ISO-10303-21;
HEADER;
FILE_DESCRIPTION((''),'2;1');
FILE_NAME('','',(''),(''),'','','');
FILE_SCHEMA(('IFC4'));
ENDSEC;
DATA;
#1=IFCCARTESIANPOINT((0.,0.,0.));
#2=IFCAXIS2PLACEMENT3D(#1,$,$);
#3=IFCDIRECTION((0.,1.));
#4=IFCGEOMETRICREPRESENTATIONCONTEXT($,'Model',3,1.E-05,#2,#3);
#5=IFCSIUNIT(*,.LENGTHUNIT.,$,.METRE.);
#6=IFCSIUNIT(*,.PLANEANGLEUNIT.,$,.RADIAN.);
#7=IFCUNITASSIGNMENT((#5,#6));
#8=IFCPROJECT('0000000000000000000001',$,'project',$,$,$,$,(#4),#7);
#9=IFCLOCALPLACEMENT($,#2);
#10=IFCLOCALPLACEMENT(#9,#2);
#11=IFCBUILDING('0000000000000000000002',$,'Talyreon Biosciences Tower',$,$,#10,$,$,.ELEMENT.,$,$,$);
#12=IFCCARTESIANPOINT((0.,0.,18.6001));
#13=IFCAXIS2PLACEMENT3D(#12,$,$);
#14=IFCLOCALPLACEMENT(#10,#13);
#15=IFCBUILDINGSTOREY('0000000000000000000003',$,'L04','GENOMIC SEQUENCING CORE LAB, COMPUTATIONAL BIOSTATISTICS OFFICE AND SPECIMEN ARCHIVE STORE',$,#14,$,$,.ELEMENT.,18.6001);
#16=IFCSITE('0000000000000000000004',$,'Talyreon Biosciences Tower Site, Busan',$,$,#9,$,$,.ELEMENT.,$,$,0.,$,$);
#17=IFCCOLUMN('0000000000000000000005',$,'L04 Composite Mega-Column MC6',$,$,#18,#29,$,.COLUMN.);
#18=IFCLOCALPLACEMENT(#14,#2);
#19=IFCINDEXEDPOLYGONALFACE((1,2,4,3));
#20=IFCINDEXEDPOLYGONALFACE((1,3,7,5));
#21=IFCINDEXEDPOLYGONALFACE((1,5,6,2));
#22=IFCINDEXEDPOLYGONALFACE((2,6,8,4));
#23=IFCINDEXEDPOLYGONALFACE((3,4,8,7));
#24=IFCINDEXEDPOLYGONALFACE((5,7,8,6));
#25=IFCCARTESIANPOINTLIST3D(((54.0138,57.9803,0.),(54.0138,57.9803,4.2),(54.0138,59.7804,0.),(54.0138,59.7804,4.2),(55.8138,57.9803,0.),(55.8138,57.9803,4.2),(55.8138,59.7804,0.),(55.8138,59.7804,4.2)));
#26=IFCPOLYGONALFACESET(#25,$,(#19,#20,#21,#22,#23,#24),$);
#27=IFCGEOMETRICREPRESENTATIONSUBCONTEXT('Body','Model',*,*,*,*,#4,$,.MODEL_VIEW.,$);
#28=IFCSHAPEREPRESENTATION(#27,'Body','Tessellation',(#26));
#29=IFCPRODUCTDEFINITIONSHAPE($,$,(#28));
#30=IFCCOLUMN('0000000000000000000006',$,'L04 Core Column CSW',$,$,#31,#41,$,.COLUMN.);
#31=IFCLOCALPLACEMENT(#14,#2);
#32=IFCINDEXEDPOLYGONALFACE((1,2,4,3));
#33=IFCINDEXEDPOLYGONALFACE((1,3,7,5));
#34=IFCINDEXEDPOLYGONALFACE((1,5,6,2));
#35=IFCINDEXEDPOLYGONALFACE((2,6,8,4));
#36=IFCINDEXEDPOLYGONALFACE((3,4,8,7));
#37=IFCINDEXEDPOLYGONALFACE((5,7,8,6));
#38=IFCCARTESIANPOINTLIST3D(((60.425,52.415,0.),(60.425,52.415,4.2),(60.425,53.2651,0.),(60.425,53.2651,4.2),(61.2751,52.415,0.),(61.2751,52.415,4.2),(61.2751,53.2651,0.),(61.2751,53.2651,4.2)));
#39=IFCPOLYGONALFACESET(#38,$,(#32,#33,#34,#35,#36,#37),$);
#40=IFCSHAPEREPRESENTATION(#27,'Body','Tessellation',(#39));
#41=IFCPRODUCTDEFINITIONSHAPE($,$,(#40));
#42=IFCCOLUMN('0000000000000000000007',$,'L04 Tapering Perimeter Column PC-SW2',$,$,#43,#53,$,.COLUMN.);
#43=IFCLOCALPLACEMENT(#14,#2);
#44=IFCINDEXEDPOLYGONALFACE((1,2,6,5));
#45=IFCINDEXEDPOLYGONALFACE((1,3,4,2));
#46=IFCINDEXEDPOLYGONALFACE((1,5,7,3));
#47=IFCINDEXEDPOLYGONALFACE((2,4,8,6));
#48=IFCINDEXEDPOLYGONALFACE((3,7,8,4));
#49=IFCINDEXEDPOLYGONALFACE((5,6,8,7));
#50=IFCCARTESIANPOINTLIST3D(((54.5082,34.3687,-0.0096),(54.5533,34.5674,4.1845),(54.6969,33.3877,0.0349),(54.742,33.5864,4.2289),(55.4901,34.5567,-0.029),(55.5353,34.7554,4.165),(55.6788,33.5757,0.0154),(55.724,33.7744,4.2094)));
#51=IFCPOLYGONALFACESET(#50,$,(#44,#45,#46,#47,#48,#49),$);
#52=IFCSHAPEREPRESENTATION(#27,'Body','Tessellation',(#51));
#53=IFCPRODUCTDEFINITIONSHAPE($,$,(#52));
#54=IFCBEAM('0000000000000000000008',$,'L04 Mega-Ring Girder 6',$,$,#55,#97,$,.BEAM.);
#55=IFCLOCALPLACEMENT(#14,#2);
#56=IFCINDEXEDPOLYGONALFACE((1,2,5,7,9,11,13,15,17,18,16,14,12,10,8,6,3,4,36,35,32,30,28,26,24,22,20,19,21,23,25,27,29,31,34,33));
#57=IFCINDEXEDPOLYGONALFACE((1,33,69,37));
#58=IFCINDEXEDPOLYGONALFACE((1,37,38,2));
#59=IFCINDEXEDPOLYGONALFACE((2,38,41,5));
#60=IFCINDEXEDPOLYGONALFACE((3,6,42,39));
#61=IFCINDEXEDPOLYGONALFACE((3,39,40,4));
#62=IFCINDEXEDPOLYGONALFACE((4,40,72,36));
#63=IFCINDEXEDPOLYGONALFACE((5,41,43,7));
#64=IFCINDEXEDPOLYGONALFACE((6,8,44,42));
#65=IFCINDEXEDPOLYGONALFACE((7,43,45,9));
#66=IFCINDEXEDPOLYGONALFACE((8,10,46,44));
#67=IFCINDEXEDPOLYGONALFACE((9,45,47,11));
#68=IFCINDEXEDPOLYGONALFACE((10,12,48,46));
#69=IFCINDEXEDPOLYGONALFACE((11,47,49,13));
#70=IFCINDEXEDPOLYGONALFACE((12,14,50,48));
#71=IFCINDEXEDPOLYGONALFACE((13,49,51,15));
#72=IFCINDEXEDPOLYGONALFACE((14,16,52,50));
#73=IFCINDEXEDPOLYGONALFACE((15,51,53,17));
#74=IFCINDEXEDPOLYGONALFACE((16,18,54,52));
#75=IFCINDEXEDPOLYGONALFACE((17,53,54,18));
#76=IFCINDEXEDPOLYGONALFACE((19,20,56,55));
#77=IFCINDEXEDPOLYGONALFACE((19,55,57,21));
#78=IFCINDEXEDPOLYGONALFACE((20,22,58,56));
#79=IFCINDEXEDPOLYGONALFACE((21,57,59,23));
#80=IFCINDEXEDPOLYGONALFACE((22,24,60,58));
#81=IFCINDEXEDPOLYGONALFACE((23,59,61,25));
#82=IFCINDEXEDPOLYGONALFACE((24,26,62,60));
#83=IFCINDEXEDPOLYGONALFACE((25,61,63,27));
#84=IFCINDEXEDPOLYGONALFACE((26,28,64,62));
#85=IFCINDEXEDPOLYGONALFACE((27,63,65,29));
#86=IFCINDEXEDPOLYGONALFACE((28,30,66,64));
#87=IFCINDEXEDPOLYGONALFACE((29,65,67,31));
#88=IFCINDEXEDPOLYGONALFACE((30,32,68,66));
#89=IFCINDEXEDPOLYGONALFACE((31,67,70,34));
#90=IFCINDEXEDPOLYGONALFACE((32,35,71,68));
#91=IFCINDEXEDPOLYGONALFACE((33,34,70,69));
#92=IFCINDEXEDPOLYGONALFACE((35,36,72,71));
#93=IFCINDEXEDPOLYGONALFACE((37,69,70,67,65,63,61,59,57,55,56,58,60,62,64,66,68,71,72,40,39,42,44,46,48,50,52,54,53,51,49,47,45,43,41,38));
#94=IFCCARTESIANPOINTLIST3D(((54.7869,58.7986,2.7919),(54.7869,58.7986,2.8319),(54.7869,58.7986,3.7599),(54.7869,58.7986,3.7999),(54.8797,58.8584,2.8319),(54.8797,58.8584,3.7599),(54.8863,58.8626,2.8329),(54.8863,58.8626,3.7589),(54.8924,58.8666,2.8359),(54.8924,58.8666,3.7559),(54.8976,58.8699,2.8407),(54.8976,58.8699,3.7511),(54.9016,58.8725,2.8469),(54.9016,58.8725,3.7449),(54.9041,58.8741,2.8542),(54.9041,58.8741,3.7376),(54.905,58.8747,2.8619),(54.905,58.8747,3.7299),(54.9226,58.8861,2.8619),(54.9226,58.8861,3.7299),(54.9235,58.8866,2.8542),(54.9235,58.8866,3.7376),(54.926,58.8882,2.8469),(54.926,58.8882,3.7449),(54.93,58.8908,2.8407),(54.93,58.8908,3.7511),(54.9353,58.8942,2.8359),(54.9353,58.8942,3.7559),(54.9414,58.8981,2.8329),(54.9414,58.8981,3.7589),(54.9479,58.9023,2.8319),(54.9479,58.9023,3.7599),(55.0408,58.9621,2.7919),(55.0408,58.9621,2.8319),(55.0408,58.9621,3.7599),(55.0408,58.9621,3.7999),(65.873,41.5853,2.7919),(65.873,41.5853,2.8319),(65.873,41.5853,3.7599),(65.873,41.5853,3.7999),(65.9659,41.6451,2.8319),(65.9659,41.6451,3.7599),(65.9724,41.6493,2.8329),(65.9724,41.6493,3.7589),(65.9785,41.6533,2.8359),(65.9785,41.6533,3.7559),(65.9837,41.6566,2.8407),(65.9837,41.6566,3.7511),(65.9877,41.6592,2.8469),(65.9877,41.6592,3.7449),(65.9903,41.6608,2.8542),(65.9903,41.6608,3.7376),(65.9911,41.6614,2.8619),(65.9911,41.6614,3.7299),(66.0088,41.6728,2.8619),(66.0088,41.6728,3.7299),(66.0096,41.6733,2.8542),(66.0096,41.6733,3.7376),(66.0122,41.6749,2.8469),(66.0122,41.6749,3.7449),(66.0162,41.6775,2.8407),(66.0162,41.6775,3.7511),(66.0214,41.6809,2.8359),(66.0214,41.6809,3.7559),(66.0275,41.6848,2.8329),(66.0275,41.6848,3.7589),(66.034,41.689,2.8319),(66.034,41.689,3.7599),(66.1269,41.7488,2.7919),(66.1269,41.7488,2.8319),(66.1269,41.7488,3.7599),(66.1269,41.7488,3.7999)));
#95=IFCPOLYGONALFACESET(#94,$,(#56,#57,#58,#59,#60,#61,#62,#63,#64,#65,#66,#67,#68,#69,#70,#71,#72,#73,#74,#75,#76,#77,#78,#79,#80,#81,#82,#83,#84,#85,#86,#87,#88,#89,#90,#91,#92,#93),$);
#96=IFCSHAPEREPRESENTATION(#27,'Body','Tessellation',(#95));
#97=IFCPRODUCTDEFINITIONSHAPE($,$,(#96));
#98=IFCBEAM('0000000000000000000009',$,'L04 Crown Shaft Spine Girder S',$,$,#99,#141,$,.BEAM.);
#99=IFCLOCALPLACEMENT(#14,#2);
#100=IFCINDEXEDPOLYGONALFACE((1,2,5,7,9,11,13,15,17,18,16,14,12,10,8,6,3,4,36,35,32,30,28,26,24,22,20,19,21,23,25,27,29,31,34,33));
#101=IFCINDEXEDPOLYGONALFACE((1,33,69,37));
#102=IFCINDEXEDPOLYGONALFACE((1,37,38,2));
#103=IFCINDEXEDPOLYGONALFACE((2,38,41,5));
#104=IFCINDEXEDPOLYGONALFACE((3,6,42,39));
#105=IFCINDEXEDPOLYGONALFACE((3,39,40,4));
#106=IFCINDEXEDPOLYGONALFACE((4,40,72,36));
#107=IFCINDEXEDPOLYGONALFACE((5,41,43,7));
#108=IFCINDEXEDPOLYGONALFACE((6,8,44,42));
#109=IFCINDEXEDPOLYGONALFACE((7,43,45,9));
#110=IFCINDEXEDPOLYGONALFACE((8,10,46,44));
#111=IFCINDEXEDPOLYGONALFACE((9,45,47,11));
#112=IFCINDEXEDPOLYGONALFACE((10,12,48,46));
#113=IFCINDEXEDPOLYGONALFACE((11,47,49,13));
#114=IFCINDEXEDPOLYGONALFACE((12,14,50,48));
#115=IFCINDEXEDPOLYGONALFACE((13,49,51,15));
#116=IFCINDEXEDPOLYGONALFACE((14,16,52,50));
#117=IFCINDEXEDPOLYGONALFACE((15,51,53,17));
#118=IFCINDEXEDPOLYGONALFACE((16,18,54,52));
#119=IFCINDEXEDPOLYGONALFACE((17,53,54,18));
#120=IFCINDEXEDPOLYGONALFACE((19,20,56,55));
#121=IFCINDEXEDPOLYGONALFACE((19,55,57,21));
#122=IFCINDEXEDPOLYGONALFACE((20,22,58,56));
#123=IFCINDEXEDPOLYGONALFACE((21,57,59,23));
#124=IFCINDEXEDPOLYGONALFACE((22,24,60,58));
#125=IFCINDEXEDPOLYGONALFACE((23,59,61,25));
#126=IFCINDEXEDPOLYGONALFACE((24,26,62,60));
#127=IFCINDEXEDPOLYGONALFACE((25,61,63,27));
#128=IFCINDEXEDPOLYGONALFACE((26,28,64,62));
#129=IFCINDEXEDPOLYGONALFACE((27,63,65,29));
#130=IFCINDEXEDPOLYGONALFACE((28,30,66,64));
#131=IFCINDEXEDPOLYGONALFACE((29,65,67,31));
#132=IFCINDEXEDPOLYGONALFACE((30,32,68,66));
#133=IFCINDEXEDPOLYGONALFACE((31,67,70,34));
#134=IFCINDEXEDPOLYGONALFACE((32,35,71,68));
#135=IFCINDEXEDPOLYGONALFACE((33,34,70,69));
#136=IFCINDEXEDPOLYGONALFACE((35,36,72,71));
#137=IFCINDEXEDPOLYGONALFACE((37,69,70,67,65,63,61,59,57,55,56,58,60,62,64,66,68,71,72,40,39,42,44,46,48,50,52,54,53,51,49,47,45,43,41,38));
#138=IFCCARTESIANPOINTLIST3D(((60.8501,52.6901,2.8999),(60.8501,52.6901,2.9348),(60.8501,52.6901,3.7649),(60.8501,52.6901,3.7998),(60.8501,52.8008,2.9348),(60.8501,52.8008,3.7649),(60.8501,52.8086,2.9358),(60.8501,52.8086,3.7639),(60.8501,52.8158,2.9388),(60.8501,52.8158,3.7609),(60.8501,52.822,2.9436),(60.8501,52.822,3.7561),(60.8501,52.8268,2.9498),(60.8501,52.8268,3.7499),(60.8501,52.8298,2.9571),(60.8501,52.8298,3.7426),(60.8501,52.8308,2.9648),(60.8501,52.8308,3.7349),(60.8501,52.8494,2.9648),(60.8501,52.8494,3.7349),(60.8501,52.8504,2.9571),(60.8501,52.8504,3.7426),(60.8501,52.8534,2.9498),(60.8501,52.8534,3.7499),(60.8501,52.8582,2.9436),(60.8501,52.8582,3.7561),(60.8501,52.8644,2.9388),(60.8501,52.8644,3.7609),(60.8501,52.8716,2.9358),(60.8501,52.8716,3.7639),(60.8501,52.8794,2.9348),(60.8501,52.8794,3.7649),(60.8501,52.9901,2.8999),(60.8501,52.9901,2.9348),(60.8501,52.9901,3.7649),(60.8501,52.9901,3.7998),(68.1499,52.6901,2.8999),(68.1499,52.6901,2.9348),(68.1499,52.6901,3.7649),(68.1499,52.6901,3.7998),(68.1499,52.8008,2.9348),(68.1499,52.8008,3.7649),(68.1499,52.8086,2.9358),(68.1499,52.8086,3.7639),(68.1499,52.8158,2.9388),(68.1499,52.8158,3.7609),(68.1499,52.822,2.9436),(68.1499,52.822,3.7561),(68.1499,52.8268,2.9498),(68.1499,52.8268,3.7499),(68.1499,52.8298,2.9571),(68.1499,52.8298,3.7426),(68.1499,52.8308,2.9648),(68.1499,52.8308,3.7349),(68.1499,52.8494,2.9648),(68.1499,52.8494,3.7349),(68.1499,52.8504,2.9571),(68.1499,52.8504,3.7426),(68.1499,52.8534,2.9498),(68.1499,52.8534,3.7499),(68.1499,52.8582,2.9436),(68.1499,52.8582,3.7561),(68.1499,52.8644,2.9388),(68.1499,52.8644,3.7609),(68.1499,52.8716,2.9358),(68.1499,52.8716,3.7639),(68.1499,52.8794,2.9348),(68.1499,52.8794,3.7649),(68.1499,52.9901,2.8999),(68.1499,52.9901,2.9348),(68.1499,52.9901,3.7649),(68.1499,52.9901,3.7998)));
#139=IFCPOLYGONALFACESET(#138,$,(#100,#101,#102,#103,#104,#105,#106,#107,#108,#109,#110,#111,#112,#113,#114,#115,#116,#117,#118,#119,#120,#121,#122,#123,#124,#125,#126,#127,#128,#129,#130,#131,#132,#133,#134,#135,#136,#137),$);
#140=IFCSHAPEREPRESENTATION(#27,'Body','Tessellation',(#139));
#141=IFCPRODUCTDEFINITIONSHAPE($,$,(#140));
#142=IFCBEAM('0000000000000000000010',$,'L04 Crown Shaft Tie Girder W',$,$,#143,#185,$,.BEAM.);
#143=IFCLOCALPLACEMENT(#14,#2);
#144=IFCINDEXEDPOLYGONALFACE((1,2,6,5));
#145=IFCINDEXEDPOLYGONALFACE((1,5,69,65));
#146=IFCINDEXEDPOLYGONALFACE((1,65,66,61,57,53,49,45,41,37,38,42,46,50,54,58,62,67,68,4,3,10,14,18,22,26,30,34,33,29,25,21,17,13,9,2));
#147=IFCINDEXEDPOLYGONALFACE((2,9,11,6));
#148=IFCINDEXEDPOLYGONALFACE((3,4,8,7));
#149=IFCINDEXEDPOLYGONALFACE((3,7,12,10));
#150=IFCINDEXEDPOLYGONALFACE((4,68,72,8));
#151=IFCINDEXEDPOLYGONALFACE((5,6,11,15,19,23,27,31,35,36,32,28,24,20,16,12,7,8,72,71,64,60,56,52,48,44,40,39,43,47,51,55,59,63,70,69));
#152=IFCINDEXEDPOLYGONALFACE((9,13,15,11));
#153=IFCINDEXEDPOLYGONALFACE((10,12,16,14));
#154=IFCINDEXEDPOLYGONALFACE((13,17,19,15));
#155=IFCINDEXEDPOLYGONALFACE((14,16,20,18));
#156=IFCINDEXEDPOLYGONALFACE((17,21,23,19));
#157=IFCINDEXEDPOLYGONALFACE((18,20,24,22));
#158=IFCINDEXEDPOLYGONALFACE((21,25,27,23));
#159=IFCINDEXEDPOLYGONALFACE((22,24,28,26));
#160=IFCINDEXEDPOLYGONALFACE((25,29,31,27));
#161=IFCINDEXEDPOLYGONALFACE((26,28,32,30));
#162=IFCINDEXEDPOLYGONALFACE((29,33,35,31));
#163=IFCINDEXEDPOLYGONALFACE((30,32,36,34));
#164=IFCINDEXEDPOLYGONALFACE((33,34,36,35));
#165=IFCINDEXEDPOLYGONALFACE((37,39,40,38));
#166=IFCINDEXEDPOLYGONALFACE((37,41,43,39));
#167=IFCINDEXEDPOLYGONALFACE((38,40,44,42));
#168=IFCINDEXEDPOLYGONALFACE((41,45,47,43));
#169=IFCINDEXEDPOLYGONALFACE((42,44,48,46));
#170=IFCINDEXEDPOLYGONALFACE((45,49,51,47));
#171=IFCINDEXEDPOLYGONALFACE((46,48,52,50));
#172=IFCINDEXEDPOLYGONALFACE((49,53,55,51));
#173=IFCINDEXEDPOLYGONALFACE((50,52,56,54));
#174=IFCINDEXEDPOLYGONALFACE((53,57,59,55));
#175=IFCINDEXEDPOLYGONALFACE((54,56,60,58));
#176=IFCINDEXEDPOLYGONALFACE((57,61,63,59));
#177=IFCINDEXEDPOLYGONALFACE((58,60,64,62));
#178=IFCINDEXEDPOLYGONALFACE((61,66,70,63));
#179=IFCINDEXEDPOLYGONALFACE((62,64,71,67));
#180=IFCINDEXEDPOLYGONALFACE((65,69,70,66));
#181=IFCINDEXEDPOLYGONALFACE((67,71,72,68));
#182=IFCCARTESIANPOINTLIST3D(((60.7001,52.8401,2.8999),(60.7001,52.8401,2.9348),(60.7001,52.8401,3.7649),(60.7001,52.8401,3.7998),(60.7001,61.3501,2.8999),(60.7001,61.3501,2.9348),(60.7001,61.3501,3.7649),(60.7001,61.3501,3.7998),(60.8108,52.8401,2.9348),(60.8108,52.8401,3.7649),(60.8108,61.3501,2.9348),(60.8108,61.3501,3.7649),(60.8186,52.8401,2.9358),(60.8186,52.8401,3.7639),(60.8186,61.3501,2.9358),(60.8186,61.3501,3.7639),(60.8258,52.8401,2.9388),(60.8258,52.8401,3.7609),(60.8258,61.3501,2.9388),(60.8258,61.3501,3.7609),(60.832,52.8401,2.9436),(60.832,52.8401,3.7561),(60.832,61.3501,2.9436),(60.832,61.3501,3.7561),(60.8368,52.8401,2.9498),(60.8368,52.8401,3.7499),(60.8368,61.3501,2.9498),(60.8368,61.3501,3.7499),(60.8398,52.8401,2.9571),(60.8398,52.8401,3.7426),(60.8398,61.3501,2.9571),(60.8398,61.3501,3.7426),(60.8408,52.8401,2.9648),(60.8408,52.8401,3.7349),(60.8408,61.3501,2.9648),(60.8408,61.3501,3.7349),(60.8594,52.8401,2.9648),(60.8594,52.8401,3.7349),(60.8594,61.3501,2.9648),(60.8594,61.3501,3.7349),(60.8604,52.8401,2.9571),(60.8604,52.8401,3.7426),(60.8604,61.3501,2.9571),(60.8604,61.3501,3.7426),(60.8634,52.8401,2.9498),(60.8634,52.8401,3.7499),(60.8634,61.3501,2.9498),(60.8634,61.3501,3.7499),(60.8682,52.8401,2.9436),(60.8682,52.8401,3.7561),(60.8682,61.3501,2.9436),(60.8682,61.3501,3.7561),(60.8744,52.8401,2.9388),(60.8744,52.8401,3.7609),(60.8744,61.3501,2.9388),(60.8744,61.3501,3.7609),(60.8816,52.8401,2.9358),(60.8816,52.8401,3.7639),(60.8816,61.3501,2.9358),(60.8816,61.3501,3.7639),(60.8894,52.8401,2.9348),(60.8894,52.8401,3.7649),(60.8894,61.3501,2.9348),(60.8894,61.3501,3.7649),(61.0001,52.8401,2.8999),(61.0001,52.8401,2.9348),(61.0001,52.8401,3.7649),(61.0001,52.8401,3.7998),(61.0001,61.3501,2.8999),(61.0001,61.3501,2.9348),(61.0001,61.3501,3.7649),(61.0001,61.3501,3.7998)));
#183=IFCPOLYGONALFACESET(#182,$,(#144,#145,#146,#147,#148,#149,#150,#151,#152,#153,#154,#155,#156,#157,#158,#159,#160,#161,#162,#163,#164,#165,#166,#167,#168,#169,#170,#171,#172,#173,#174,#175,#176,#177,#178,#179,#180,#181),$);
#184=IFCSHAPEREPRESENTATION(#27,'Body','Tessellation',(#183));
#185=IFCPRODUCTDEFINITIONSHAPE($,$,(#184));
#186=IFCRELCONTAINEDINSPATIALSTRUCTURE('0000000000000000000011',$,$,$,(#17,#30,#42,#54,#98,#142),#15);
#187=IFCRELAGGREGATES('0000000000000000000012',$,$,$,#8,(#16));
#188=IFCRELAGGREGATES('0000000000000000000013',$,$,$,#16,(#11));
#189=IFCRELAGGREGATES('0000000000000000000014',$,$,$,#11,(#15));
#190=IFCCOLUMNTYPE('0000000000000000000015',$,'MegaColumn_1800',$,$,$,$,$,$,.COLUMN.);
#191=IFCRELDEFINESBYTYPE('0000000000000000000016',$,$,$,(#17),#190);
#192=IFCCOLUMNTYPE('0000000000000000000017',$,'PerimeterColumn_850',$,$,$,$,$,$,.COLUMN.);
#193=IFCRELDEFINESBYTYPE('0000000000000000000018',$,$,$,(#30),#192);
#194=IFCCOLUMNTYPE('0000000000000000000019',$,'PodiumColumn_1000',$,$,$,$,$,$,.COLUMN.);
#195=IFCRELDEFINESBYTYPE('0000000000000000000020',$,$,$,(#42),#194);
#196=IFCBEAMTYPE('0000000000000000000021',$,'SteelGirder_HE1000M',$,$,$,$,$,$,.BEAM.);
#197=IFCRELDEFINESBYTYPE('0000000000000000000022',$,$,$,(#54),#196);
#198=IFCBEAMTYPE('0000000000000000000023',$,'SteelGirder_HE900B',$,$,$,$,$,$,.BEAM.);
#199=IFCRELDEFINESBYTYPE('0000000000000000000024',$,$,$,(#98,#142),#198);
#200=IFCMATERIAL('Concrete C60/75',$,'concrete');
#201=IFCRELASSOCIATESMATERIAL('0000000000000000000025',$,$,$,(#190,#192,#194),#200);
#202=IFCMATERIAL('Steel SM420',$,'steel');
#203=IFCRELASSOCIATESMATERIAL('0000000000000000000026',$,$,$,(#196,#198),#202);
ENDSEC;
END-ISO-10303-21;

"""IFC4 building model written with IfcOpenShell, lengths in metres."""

from ifc_helpers import new_model, si_unit, direction, frame, origin, origin_2d, place, context, subcontext, project, spatial, rectangle, i_section, extrude, material, material_profile, profile_set, type_object, element, save


model = new_model("IFC4")

# Units and contexts
model_context = context("Model", 3, precision=1e-05, world=origin(), true_north=direction((0.0, 1.0)))
body_context = subcontext(model_context, "Body", "Model", "MODEL_VIEW")
ifc_project = project(units=[si_unit("LENGTHUNIT", "METRE"), si_unit("PLANEANGLEUNIT", "RADIAN")], contexts=[model_context])

# Site, building, storey
site_placement = place(None, origin())
site = spatial("IfcSite", under=ifc_project, at=site_placement, Name="Talyreon Biosciences Tower Site, Busan", CompositionType="ELEMENT", RefElevation=0.0)
building_placement = place(site_placement, origin())
building = spatial("IfcBuilding", under=site, at=building_placement, Name="Talyreon Biosciences Tower", CompositionType="ELEMENT")
storey_placement = place(building_placement, frame((0.0, 0.0, 18.6001)))
storey = spatial("IfcBuildingStorey", under=building, at=storey_placement, Name="L04", Description="GENOMIC SEQUENCING CORE LAB, COMPUTATIONAL BIOSTATISTICS OFFICE AND SPECIMEN ARCHIVE STORE", CompositionType="ELEMENT", Elevation=18.6001)

# Columns
ifc_material_1 = material(Name="Concrete C60/75", Category="concrete")
ifc_material_profile_1 = material_profile(ifc_material_1, rectangle(XDim=1.8, YDim=1.8, at=origin_2d()), Name="RC 1800x1800")
ifc_profile_set_1 = profile_set([ifc_material_profile_1], Name="Concrete C60/75")
column_type_1 = type_object("IfcColumnType", Name="MegaColumn_1800", PredefinedType="COLUMN", material=ifc_profile_set_1)
column_1_placement = place(storey_placement, frame((54.9138, 58.8804, 0.0), z_axis=(0.0, 0.0, 1.0), x_axis=(1.0, 0.0, 0.0)))
element("IfcColumn", 1, at=column_1_placement, inside=storey, type_object=column_type_1, Name="L04 Composite Mega-Column MC6", PredefinedType="COLUMN", context=body_context, shape_type="SweptSolid", body=[
    extrude(rectangle(XDim=1.8, YDim=1.8, at=origin_2d()), origin(), (0.0, 0.0, 1.0), 4.2),
])
ifc_material_profile_2 = material_profile(ifc_material_1, rectangle(XDim=0.8501, YDim=0.8501, at=origin_2d()), Name="RC 850x850")
ifc_profile_set_2 = profile_set([ifc_material_profile_2], Name="Concrete C60/75")
column_type_2 = type_object("IfcColumnType", Name="PerimeterColumn_850", PredefinedType="COLUMN", material=ifc_profile_set_2)
column_2_placement = place(storey_placement, frame((60.8501, 52.8401, 0.0), z_axis=(0.0, 0.0, 1.0), x_axis=(1.0, 0.0, 0.0)))
element("IfcColumn", 2, at=column_2_placement, inside=storey, type_object=column_type_2, Name="L04 Core Column CSW", PredefinedType="COLUMN", context=body_context, shape_type="SweptSolid", body=[
    extrude(rectangle(XDim=0.8501, YDim=0.8501, at=origin_2d()), origin(), (0.0, 0.0, 1.0), 4.2),
])
ifc_material_profile_3 = material_profile(ifc_material_1, rectangle(XDim=1.0, YDim=1.0, at=origin_2d()), Name="RC 1000x1000")
ifc_profile_set_3 = profile_set([ifc_material_profile_3], Name="Concrete C60/75")
column_type_3 = type_object("IfcColumnType", Name="PodiumColumn_1000", PredefinedType="COLUMN", material=ifc_profile_set_3)
column_3_placement = place(storey_placement, frame((55.0935, 33.9722, 0.0029), z_axis=(0.010756, 0.047328, 0.998822), x_axis=(-0.188696, 0.981029, -0.044452)))
element("IfcColumn", 3, at=column_3_placement, inside=storey, type_object=column_type_3, Name="L04 Tapering Perimeter Column PC-SW2", PredefinedType="COLUMN", context=body_context, shape_type="SweptSolid", body=[
    extrude(rectangle(XDim=1.0, YDim=1.0, at=origin_2d()), origin(), (0.0, 0.0, 1.0), 4.199),
])

# Beams
ifc_material_2 = material(Name="Steel SM420", Category="steel")
ifc_material_profile_4 = material_profile(ifc_material_2, i_section(OverallWidth=0.302, OverallDepth=1.0081, WebThickness=0.021, FlangeThickness=0.04, FilletRadius=0.03, at=origin_2d()), Name="HE1000M")
ifc_profile_set_4 = profile_set([ifc_material_profile_4], Name="Steel SM420")
beam_type_1 = type_object("IfcBeamType", Name="SteelGirder_HE1000M", PredefinedType="BEAM", material=ifc_profile_set_4)
beam_1_placement = place(storey_placement, frame((54.9138, 58.8804, 3.2959), z_axis=(0.541464, -0.840724, 0.0), x_axis=(0.840724, 0.541464, 0.0)))
element("IfcBeam", 4, at=beam_1_placement, inside=storey, type_object=beam_type_1, Name="L04 Mega-Ring Girder 6", PredefinedType="BEAM", context=body_context, shape_type="SweptSolid", body=[
    extrude(i_section(OverallWidth=0.302, OverallDepth=1.0081, WebThickness=0.021, FlangeThickness=0.04, FilletRadius=0.03, at=origin_2d()), origin(), (0.0, 0.0, 1.0), 20.4744),
])
ifc_material_profile_5 = material_profile(ifc_material_2, i_section(OverallWidth=0.3, OverallDepth=0.8999, WebThickness=0.0186, FlangeThickness=0.0349, FilletRadius=0.03, at=origin_2d()), Name="HE900B")
ifc_profile_set_5 = profile_set([ifc_material_profile_5], Name="Steel SM420")
beam_type_2 = type_object("IfcBeamType", Name="SteelGirder_HE900B", PredefinedType="BEAM", material=ifc_profile_set_5)
beam_2_placement = place(storey_placement, frame((60.8501, 52.8401, 3.3499), z_axis=(1.0, 0.0, 0.0), x_axis=(0.0, 1.0, 0.0)))
element("IfcBeam", 5, at=beam_2_placement, inside=storey, type_object=beam_type_2, Name="L04 Crown Shaft Spine Girder S", PredefinedType="BEAM", context=body_context, shape_type="SweptSolid", body=[
    extrude(i_section(OverallWidth=0.3, OverallDepth=0.8999, WebThickness=0.0186, FlangeThickness=0.0349, FilletRadius=0.03, at=origin_2d()), origin(), (0.0, 0.0, 1.0), 7.2998),
])
beam_3_placement = place(storey_placement, frame((60.8501, 52.8401, 3.3499), z_axis=(0.0, 1.0, 0.0), x_axis=(-1.0, 0.0, 0.0)))
element("IfcBeam", 6, at=beam_3_placement, inside=storey, type_object=beam_type_2, Name="L04 Crown Shaft Tie Girder W", PredefinedType="BEAM", context=body_context, shape_type="SweptSolid", body=[
    extrude(i_section(OverallWidth=0.3, OverallDepth=0.8999, WebThickness=0.0186, FlangeThickness=0.0349, FilletRadius=0.03, at=origin_2d()), origin(), (0.0, 0.0, 1.0), 8.51),
])

save(model, "model.ifc")
